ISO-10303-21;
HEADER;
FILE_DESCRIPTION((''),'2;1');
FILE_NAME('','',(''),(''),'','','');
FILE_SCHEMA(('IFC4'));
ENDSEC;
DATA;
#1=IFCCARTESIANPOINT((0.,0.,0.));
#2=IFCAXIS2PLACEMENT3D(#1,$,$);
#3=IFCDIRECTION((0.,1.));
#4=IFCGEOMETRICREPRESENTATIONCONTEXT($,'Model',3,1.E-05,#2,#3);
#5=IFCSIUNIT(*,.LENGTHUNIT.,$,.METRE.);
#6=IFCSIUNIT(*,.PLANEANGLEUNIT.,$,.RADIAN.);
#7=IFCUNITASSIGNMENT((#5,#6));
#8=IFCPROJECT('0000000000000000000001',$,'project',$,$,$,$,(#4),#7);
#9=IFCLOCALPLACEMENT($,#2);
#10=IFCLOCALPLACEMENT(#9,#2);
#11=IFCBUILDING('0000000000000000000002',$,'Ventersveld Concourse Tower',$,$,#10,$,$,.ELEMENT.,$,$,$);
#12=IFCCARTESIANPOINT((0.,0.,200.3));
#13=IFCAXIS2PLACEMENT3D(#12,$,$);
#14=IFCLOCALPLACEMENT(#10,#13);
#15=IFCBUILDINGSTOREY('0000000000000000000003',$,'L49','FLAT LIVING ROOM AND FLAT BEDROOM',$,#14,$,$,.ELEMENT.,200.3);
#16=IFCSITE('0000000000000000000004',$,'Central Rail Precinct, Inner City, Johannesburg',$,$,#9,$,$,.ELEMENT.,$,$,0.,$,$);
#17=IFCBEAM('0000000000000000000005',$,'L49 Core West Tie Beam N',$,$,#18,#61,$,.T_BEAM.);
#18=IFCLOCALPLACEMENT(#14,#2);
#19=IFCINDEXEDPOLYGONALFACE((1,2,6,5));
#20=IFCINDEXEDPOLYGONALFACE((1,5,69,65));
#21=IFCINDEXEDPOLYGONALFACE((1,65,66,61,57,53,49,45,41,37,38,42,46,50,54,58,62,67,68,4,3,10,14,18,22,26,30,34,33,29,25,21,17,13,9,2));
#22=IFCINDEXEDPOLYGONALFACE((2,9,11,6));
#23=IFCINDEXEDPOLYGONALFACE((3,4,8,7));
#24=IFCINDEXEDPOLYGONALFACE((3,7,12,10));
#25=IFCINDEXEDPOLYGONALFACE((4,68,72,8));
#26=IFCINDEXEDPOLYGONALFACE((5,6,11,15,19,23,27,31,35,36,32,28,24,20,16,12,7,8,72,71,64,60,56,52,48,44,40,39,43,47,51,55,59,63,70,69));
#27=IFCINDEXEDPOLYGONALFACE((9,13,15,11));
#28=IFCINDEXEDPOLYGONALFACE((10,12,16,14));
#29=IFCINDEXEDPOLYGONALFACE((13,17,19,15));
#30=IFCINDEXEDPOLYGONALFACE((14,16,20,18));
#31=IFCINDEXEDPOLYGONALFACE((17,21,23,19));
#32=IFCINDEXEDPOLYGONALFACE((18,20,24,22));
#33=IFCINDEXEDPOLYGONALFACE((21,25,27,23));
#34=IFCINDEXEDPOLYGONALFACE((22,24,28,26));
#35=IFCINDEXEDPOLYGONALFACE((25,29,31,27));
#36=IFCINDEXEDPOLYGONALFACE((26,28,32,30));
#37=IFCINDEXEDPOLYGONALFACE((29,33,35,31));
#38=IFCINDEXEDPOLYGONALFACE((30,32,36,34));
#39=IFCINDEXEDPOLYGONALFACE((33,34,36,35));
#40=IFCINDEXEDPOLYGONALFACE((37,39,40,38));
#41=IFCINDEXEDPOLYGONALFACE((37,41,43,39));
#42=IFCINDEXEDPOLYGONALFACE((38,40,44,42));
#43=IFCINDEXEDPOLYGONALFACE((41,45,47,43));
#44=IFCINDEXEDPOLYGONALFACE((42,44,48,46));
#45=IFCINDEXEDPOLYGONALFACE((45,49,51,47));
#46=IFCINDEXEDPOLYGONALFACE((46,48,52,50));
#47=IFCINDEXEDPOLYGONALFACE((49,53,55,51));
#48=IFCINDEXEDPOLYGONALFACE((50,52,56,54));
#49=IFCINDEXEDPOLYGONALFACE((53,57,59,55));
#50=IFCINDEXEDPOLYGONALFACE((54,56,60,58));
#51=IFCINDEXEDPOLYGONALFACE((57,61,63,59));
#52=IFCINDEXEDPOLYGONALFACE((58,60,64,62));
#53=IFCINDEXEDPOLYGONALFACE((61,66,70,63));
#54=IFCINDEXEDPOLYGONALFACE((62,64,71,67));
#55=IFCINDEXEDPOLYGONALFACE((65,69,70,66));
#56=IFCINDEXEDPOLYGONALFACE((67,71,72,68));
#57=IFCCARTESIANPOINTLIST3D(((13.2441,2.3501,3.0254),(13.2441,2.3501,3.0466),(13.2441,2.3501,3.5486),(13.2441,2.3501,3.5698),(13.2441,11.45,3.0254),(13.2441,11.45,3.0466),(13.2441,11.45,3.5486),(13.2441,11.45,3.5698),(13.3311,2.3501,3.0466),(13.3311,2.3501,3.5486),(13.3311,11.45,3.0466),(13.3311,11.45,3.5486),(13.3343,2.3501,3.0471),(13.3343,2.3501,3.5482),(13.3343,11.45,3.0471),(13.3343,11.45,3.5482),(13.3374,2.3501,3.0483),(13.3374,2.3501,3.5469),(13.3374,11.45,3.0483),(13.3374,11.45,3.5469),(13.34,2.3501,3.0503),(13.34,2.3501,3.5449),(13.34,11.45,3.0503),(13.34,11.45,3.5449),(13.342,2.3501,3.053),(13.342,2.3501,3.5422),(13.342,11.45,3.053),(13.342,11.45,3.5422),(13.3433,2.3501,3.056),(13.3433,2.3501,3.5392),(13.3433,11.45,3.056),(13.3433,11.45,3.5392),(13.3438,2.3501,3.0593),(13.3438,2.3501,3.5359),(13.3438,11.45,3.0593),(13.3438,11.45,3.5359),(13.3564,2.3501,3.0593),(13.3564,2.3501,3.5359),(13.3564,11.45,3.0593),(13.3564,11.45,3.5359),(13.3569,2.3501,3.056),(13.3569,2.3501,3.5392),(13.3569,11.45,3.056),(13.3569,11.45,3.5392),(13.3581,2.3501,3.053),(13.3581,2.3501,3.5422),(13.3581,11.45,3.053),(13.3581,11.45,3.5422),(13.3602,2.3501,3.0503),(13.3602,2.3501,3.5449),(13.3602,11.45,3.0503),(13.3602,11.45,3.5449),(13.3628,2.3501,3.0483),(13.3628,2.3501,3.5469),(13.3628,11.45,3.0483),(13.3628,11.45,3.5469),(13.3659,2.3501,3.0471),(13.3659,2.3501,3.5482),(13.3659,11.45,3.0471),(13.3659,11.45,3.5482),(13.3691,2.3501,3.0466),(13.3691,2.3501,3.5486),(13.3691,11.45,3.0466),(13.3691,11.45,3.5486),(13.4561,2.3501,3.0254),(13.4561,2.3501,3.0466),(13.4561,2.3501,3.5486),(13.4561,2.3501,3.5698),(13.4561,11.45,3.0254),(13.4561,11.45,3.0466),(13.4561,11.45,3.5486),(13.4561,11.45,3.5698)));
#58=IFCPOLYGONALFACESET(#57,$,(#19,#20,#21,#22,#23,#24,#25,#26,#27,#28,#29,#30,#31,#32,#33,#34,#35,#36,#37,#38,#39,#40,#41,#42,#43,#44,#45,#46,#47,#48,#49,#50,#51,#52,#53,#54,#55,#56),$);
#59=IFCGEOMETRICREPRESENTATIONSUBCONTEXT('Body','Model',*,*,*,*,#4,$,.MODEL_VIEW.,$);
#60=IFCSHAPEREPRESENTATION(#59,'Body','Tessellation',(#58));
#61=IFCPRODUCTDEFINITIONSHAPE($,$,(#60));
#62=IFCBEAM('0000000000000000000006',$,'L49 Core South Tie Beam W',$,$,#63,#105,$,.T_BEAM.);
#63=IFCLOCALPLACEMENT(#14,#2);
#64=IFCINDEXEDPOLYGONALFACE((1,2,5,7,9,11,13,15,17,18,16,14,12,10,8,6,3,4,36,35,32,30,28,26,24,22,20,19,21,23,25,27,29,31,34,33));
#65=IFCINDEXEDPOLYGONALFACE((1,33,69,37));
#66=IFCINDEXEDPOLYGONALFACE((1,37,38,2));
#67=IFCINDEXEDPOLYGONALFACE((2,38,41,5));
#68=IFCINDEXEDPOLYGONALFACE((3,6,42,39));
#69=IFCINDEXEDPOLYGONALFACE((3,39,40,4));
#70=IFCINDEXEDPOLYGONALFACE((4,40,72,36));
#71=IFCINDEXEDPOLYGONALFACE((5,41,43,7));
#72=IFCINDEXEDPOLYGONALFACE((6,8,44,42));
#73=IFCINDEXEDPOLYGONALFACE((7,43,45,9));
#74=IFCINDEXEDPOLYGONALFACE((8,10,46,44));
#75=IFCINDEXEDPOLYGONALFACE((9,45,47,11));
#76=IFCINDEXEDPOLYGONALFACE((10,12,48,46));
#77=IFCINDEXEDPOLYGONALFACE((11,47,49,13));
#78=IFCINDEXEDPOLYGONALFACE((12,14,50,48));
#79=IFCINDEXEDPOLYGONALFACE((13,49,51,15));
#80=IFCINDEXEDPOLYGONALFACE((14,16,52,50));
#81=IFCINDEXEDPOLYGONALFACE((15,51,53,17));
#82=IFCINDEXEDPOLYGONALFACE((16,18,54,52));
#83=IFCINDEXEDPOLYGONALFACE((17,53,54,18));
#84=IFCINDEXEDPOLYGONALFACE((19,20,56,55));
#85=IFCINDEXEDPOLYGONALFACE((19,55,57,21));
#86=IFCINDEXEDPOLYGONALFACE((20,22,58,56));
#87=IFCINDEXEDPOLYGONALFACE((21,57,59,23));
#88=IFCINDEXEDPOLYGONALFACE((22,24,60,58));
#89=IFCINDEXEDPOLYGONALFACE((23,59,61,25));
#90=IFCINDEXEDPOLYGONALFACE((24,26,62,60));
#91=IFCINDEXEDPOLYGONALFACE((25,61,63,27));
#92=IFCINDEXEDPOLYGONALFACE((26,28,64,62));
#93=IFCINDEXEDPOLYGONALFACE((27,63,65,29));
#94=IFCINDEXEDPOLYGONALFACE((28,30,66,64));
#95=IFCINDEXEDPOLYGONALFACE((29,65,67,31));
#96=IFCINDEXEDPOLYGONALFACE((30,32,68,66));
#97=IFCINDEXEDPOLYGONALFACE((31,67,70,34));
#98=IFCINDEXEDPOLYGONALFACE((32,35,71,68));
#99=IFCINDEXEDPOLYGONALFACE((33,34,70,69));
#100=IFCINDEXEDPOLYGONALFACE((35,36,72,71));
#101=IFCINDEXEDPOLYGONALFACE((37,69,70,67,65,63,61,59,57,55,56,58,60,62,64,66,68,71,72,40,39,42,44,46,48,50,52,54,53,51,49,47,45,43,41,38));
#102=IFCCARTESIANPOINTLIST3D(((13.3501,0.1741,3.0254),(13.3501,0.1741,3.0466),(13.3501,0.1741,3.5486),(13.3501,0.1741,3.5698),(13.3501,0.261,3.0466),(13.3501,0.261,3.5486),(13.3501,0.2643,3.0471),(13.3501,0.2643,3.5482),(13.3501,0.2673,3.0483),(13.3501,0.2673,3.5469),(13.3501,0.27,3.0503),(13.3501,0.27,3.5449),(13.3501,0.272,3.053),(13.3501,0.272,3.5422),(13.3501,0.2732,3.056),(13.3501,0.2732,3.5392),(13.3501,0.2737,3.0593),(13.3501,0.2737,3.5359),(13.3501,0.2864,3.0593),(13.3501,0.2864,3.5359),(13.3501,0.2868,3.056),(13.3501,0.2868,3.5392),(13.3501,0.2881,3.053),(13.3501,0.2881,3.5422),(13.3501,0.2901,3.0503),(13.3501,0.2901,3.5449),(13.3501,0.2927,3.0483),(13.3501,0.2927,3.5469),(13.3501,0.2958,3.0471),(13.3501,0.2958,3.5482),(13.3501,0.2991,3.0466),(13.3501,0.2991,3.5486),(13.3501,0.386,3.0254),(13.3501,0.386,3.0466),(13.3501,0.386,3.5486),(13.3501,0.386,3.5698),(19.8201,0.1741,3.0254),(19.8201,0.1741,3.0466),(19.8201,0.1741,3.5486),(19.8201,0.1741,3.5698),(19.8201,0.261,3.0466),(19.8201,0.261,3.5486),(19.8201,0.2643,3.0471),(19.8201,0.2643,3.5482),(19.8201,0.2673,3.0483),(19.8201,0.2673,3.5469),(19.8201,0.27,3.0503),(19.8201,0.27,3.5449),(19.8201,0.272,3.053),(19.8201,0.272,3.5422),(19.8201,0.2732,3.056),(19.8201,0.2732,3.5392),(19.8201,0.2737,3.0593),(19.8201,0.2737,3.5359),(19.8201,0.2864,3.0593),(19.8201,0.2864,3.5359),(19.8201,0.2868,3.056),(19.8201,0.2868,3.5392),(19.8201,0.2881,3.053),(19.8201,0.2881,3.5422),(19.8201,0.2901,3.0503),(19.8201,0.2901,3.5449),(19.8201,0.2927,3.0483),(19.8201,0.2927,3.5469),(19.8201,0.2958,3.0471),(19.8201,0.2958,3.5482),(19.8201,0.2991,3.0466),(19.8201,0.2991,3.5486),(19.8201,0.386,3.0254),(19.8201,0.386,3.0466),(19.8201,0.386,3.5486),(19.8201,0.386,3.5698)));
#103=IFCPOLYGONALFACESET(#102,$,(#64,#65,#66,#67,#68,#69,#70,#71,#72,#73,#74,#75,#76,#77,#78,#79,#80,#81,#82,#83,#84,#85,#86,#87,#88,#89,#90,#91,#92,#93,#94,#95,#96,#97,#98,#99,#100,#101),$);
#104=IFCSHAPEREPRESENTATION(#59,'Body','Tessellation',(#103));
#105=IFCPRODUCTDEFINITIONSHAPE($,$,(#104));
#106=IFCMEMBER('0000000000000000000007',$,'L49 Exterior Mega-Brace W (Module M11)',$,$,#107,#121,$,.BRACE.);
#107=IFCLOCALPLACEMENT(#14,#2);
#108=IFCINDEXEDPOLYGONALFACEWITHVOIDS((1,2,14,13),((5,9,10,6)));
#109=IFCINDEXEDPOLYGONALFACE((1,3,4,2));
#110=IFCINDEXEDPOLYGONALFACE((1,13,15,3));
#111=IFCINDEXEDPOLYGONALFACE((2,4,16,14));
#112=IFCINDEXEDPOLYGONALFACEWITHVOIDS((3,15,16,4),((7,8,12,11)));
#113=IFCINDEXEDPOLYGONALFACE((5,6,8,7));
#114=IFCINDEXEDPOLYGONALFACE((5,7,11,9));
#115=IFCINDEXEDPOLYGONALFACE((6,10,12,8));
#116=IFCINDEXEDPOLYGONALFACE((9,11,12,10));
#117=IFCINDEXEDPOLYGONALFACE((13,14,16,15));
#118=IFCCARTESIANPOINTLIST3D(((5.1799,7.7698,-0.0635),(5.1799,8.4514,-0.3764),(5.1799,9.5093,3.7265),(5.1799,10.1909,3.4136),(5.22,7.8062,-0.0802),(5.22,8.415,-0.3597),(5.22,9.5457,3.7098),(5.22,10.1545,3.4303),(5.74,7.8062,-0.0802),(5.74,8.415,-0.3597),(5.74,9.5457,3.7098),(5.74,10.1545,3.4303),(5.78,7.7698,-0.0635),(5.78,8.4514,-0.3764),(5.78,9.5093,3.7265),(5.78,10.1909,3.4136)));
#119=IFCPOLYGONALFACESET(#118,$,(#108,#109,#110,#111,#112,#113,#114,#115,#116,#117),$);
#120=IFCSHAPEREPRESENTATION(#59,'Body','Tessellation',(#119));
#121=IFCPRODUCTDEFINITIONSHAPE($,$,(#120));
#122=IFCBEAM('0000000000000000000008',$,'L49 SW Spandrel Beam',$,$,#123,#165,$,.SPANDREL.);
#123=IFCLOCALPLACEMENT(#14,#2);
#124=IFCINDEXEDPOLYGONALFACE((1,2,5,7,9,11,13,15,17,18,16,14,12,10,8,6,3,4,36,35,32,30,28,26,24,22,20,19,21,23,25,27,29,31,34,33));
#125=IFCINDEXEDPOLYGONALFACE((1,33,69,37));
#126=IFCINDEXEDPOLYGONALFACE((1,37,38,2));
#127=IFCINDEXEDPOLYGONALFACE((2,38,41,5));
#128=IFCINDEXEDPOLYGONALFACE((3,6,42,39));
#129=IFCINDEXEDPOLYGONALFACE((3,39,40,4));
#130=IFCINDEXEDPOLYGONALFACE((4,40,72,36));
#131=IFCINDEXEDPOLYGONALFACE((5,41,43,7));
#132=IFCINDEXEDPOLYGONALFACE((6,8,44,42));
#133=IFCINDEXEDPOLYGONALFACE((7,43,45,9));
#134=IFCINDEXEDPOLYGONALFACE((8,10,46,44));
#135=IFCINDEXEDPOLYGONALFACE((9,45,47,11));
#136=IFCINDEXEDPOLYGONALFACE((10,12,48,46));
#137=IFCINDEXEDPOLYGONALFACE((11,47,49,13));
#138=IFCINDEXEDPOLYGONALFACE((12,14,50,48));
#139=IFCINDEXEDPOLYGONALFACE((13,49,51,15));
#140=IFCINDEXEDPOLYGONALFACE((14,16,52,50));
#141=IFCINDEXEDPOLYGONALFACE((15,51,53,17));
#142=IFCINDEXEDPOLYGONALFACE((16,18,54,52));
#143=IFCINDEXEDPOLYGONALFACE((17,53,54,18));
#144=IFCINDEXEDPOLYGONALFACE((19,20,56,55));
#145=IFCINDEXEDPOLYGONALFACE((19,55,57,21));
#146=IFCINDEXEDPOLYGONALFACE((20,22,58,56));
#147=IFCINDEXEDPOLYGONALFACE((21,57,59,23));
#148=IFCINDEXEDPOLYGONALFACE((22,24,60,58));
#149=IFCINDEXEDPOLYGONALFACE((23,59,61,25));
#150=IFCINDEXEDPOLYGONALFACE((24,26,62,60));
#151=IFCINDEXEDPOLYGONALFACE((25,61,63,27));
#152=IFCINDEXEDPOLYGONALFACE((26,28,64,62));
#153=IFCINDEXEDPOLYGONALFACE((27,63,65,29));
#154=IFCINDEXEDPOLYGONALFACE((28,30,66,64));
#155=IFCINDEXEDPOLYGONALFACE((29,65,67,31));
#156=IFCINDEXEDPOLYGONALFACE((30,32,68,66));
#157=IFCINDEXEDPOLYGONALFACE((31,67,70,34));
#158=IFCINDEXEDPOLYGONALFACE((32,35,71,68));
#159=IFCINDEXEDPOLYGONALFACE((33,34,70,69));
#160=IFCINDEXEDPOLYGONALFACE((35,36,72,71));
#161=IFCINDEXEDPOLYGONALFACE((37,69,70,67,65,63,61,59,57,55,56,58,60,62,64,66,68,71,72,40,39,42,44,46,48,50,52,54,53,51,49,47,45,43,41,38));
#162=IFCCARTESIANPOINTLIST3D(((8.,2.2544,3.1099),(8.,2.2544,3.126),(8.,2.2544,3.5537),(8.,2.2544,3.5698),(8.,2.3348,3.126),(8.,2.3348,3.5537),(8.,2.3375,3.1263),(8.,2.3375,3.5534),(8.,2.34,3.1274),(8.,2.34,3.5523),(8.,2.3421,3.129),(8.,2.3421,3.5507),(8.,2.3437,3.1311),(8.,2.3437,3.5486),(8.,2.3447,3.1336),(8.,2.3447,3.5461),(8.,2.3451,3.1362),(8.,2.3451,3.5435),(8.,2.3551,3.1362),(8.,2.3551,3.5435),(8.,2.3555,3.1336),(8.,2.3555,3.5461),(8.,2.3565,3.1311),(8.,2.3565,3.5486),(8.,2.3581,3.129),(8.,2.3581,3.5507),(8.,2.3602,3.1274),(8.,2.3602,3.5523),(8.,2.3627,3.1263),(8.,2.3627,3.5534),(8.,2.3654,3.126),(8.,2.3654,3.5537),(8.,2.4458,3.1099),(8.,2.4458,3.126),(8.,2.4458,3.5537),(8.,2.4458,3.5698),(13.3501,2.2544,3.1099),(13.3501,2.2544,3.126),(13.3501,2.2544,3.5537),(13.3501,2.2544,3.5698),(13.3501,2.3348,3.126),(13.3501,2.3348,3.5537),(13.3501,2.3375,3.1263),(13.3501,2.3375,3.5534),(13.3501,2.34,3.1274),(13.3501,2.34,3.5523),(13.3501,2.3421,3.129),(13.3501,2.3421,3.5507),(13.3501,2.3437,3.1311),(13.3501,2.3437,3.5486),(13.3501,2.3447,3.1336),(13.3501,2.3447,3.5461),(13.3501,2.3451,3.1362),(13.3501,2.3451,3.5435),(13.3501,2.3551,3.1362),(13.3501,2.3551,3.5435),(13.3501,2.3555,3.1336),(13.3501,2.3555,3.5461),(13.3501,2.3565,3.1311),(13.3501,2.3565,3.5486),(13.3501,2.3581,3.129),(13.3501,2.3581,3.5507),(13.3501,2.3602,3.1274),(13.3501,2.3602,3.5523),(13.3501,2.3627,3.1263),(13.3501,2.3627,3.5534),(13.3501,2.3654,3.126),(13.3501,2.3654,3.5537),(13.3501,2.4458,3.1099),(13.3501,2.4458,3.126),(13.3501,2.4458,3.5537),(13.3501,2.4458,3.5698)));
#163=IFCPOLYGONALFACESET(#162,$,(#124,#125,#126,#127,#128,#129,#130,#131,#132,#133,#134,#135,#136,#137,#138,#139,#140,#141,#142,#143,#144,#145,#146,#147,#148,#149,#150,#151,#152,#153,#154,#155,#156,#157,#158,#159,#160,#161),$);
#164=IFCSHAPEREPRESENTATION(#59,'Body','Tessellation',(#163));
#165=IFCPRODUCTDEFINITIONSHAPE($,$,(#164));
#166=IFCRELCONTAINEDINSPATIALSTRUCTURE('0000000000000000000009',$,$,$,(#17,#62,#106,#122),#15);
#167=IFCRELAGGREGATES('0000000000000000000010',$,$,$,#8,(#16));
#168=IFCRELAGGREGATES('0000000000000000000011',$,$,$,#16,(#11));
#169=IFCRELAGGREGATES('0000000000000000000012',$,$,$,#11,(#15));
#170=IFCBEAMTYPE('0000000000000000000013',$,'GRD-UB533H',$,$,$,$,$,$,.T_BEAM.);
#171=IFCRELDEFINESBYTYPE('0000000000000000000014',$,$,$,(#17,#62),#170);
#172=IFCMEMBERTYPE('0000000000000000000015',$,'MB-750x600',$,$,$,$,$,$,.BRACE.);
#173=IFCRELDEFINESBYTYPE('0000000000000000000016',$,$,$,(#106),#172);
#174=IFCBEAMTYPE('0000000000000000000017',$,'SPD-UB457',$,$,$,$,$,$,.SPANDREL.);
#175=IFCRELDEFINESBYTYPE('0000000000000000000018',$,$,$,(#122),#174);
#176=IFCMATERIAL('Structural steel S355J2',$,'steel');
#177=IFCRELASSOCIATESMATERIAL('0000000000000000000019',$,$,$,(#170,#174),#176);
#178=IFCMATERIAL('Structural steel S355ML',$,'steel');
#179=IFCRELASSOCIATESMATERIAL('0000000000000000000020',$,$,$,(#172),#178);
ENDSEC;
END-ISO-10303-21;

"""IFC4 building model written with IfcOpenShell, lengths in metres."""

from ifc_helpers import new_model, si_unit, direction, frame, origin, origin_2d, place, context, subcontext, project, spatial, hollow_rectangle, i_section, extrude, material, material_profile, profile_set, type_object, element, save


model = new_model("IFC4")

# Units and contexts
model_context = context("Model", 3, precision=1e-05, world=origin(), true_north=direction((0.0, 1.0)))
body_context = subcontext(model_context, "Body", "Model", "MODEL_VIEW")
ifc_project = project(units=[si_unit("LENGTHUNIT", "METRE"), si_unit("PLANEANGLEUNIT", "RADIAN")], contexts=[model_context])

# Site, building, storey
site_placement = place(None, origin())
site = spatial("IfcSite", under=ifc_project, at=site_placement, Name="Central Rail Precinct, Inner City, Johannesburg", CompositionType="ELEMENT", RefElevation=0.0)
building_placement = place(site_placement, origin())
building = spatial("IfcBuilding", under=site, at=building_placement, Name="Ventersveld Concourse Tower", CompositionType="ELEMENT")
storey_placement = place(building_placement, frame((0.0, 0.0, 200.3)))
storey = spatial("IfcBuildingStorey", under=building, at=storey_placement, Name="L49", Description="FLAT LIVING ROOM AND FLAT BEDROOM", CompositionType="ELEMENT", Elevation=200.3)

# Beams
ifc_material_1 = material(Name="Structural steel S355J2", Category="steel")
ifc_material_profile_1 = material_profile(ifc_material_1, i_section(OverallWidth=0.2119, OverallDepth=0.5444, WebThickness=0.0127, FlangeThickness=0.0212, FilletRadius=0.0127, at=origin_2d()), Name="UB 533x210x122")
ifc_profile_set_1 = profile_set([ifc_material_profile_1], Name="Structural steel S355J2")
beam_type_1 = type_object("IfcBeamType", Name="GRD-UB533H", PredefinedType="T_BEAM", material=ifc_profile_set_1)
beam_1_placement = place(storey_placement, frame((13.3501, 2.3501, 3.2976), z_axis=(0.0, 1.0, 0.0), x_axis=(-1.0, 0.0, 0.0)))
element("IfcBeam", 1, at=beam_1_placement, inside=storey, type_object=beam_type_1, Name="L49 Core West Tie Beam N", PredefinedType="T_BEAM", context=body_context, shape_type="SweptSolid", body=[
    extrude(i_section(OverallWidth=0.2119, OverallDepth=0.5444, WebThickness=0.0127, FlangeThickness=0.0212, FilletRadius=0.0127, at=origin_2d()), origin(), (0.0, 0.0, 1.0), 9.0999),
])
beam_2_placement = place(storey_placement, frame((13.3501, 0.28, 3.2976), z_axis=(1.0, 0.0, 0.0), x_axis=(0.0, 1.0, 0.0)))
element("IfcBeam", 2, at=beam_2_placement, inside=storey, type_object=beam_type_1, Name="L49 Core South Tie Beam W", PredefinedType="T_BEAM", context=body_context, shape_type="SweptSolid", body=[
    extrude(i_section(OverallWidth=0.2119, OverallDepth=0.5444, WebThickness=0.0127, FlangeThickness=0.0212, FilletRadius=0.0127, at=origin_2d()), origin(), (0.0, 0.0, 1.0), 6.47),
])

# Member
ifc_material_2 = material(Name="Structural steel S355ML", Category="steel")
ifc_material_profile_2 = material_profile(ifc_material_2, hollow_rectangle(XDim=0.6001, YDim=0.75, WallThickness=0.04, at=origin_2d()), Name="BOX 750x600x40")
ifc_profile_set_2 = profile_set([ifc_material_profile_2], Name="Structural steel S355ML")
member_type = type_object("IfcMemberType", Name="MB-750x600", PredefinedType="BRACE", material=ifc_profile_set_2)
member_placement = place(storey_placement, frame((5.48, 8.1106, -0.22), z_axis=(0.0, 0.41713, 0.908847), x_axis=(-1.0, 0.0, 0.0)))
element("IfcMember", 3, at=member_placement, inside=storey, type_object=member_type, Name="L49 Exterior Mega-Brace W (Module M11)", PredefinedType="BRACE", context=body_context, shape_type="SweptSolid", body=[
    extrude(hollow_rectangle(XDim=0.6001, YDim=0.75, WallThickness=0.04, at=origin_2d()), origin(), (0.0, 0.0, 1.0), 4.1702),
])

# Beam
ifc_material_profile_3 = material_profile(ifc_material_1, i_section(OverallWidth=0.1914, OverallDepth=0.46, WebThickness=0.01, FlangeThickness=0.0161, FilletRadius=0.0103, at=origin_2d()), Name="UB 457x191x82")
ifc_profile_set_3 = profile_set([ifc_material_profile_3], Name="Structural steel S355J2")
beam_type_2 = type_object("IfcBeamType", Name="SPD-UB457", PredefinedType="SPANDREL", material=ifc_profile_set_3)
beam_3_placement = place(storey_placement, frame((8.0, 2.3501, 3.3398), z_axis=(1.0, 0.0, 0.0), x_axis=(0.0, 1.0, 0.0)))
element("IfcBeam", 4, at=beam_3_placement, inside=storey, type_object=beam_type_2, Name="L49 SW Spandrel Beam", PredefinedType="SPANDREL", context=body_context, shape_type="SweptSolid", body=[
    extrude(i_section(OverallWidth=0.1914, OverallDepth=0.46, WebThickness=0.01, FlangeThickness=0.0161, FilletRadius=0.0103, at=origin_2d()), origin(), (0.0, 0.0, 1.0), 5.3501),
])

save(model, "model.ifc")
